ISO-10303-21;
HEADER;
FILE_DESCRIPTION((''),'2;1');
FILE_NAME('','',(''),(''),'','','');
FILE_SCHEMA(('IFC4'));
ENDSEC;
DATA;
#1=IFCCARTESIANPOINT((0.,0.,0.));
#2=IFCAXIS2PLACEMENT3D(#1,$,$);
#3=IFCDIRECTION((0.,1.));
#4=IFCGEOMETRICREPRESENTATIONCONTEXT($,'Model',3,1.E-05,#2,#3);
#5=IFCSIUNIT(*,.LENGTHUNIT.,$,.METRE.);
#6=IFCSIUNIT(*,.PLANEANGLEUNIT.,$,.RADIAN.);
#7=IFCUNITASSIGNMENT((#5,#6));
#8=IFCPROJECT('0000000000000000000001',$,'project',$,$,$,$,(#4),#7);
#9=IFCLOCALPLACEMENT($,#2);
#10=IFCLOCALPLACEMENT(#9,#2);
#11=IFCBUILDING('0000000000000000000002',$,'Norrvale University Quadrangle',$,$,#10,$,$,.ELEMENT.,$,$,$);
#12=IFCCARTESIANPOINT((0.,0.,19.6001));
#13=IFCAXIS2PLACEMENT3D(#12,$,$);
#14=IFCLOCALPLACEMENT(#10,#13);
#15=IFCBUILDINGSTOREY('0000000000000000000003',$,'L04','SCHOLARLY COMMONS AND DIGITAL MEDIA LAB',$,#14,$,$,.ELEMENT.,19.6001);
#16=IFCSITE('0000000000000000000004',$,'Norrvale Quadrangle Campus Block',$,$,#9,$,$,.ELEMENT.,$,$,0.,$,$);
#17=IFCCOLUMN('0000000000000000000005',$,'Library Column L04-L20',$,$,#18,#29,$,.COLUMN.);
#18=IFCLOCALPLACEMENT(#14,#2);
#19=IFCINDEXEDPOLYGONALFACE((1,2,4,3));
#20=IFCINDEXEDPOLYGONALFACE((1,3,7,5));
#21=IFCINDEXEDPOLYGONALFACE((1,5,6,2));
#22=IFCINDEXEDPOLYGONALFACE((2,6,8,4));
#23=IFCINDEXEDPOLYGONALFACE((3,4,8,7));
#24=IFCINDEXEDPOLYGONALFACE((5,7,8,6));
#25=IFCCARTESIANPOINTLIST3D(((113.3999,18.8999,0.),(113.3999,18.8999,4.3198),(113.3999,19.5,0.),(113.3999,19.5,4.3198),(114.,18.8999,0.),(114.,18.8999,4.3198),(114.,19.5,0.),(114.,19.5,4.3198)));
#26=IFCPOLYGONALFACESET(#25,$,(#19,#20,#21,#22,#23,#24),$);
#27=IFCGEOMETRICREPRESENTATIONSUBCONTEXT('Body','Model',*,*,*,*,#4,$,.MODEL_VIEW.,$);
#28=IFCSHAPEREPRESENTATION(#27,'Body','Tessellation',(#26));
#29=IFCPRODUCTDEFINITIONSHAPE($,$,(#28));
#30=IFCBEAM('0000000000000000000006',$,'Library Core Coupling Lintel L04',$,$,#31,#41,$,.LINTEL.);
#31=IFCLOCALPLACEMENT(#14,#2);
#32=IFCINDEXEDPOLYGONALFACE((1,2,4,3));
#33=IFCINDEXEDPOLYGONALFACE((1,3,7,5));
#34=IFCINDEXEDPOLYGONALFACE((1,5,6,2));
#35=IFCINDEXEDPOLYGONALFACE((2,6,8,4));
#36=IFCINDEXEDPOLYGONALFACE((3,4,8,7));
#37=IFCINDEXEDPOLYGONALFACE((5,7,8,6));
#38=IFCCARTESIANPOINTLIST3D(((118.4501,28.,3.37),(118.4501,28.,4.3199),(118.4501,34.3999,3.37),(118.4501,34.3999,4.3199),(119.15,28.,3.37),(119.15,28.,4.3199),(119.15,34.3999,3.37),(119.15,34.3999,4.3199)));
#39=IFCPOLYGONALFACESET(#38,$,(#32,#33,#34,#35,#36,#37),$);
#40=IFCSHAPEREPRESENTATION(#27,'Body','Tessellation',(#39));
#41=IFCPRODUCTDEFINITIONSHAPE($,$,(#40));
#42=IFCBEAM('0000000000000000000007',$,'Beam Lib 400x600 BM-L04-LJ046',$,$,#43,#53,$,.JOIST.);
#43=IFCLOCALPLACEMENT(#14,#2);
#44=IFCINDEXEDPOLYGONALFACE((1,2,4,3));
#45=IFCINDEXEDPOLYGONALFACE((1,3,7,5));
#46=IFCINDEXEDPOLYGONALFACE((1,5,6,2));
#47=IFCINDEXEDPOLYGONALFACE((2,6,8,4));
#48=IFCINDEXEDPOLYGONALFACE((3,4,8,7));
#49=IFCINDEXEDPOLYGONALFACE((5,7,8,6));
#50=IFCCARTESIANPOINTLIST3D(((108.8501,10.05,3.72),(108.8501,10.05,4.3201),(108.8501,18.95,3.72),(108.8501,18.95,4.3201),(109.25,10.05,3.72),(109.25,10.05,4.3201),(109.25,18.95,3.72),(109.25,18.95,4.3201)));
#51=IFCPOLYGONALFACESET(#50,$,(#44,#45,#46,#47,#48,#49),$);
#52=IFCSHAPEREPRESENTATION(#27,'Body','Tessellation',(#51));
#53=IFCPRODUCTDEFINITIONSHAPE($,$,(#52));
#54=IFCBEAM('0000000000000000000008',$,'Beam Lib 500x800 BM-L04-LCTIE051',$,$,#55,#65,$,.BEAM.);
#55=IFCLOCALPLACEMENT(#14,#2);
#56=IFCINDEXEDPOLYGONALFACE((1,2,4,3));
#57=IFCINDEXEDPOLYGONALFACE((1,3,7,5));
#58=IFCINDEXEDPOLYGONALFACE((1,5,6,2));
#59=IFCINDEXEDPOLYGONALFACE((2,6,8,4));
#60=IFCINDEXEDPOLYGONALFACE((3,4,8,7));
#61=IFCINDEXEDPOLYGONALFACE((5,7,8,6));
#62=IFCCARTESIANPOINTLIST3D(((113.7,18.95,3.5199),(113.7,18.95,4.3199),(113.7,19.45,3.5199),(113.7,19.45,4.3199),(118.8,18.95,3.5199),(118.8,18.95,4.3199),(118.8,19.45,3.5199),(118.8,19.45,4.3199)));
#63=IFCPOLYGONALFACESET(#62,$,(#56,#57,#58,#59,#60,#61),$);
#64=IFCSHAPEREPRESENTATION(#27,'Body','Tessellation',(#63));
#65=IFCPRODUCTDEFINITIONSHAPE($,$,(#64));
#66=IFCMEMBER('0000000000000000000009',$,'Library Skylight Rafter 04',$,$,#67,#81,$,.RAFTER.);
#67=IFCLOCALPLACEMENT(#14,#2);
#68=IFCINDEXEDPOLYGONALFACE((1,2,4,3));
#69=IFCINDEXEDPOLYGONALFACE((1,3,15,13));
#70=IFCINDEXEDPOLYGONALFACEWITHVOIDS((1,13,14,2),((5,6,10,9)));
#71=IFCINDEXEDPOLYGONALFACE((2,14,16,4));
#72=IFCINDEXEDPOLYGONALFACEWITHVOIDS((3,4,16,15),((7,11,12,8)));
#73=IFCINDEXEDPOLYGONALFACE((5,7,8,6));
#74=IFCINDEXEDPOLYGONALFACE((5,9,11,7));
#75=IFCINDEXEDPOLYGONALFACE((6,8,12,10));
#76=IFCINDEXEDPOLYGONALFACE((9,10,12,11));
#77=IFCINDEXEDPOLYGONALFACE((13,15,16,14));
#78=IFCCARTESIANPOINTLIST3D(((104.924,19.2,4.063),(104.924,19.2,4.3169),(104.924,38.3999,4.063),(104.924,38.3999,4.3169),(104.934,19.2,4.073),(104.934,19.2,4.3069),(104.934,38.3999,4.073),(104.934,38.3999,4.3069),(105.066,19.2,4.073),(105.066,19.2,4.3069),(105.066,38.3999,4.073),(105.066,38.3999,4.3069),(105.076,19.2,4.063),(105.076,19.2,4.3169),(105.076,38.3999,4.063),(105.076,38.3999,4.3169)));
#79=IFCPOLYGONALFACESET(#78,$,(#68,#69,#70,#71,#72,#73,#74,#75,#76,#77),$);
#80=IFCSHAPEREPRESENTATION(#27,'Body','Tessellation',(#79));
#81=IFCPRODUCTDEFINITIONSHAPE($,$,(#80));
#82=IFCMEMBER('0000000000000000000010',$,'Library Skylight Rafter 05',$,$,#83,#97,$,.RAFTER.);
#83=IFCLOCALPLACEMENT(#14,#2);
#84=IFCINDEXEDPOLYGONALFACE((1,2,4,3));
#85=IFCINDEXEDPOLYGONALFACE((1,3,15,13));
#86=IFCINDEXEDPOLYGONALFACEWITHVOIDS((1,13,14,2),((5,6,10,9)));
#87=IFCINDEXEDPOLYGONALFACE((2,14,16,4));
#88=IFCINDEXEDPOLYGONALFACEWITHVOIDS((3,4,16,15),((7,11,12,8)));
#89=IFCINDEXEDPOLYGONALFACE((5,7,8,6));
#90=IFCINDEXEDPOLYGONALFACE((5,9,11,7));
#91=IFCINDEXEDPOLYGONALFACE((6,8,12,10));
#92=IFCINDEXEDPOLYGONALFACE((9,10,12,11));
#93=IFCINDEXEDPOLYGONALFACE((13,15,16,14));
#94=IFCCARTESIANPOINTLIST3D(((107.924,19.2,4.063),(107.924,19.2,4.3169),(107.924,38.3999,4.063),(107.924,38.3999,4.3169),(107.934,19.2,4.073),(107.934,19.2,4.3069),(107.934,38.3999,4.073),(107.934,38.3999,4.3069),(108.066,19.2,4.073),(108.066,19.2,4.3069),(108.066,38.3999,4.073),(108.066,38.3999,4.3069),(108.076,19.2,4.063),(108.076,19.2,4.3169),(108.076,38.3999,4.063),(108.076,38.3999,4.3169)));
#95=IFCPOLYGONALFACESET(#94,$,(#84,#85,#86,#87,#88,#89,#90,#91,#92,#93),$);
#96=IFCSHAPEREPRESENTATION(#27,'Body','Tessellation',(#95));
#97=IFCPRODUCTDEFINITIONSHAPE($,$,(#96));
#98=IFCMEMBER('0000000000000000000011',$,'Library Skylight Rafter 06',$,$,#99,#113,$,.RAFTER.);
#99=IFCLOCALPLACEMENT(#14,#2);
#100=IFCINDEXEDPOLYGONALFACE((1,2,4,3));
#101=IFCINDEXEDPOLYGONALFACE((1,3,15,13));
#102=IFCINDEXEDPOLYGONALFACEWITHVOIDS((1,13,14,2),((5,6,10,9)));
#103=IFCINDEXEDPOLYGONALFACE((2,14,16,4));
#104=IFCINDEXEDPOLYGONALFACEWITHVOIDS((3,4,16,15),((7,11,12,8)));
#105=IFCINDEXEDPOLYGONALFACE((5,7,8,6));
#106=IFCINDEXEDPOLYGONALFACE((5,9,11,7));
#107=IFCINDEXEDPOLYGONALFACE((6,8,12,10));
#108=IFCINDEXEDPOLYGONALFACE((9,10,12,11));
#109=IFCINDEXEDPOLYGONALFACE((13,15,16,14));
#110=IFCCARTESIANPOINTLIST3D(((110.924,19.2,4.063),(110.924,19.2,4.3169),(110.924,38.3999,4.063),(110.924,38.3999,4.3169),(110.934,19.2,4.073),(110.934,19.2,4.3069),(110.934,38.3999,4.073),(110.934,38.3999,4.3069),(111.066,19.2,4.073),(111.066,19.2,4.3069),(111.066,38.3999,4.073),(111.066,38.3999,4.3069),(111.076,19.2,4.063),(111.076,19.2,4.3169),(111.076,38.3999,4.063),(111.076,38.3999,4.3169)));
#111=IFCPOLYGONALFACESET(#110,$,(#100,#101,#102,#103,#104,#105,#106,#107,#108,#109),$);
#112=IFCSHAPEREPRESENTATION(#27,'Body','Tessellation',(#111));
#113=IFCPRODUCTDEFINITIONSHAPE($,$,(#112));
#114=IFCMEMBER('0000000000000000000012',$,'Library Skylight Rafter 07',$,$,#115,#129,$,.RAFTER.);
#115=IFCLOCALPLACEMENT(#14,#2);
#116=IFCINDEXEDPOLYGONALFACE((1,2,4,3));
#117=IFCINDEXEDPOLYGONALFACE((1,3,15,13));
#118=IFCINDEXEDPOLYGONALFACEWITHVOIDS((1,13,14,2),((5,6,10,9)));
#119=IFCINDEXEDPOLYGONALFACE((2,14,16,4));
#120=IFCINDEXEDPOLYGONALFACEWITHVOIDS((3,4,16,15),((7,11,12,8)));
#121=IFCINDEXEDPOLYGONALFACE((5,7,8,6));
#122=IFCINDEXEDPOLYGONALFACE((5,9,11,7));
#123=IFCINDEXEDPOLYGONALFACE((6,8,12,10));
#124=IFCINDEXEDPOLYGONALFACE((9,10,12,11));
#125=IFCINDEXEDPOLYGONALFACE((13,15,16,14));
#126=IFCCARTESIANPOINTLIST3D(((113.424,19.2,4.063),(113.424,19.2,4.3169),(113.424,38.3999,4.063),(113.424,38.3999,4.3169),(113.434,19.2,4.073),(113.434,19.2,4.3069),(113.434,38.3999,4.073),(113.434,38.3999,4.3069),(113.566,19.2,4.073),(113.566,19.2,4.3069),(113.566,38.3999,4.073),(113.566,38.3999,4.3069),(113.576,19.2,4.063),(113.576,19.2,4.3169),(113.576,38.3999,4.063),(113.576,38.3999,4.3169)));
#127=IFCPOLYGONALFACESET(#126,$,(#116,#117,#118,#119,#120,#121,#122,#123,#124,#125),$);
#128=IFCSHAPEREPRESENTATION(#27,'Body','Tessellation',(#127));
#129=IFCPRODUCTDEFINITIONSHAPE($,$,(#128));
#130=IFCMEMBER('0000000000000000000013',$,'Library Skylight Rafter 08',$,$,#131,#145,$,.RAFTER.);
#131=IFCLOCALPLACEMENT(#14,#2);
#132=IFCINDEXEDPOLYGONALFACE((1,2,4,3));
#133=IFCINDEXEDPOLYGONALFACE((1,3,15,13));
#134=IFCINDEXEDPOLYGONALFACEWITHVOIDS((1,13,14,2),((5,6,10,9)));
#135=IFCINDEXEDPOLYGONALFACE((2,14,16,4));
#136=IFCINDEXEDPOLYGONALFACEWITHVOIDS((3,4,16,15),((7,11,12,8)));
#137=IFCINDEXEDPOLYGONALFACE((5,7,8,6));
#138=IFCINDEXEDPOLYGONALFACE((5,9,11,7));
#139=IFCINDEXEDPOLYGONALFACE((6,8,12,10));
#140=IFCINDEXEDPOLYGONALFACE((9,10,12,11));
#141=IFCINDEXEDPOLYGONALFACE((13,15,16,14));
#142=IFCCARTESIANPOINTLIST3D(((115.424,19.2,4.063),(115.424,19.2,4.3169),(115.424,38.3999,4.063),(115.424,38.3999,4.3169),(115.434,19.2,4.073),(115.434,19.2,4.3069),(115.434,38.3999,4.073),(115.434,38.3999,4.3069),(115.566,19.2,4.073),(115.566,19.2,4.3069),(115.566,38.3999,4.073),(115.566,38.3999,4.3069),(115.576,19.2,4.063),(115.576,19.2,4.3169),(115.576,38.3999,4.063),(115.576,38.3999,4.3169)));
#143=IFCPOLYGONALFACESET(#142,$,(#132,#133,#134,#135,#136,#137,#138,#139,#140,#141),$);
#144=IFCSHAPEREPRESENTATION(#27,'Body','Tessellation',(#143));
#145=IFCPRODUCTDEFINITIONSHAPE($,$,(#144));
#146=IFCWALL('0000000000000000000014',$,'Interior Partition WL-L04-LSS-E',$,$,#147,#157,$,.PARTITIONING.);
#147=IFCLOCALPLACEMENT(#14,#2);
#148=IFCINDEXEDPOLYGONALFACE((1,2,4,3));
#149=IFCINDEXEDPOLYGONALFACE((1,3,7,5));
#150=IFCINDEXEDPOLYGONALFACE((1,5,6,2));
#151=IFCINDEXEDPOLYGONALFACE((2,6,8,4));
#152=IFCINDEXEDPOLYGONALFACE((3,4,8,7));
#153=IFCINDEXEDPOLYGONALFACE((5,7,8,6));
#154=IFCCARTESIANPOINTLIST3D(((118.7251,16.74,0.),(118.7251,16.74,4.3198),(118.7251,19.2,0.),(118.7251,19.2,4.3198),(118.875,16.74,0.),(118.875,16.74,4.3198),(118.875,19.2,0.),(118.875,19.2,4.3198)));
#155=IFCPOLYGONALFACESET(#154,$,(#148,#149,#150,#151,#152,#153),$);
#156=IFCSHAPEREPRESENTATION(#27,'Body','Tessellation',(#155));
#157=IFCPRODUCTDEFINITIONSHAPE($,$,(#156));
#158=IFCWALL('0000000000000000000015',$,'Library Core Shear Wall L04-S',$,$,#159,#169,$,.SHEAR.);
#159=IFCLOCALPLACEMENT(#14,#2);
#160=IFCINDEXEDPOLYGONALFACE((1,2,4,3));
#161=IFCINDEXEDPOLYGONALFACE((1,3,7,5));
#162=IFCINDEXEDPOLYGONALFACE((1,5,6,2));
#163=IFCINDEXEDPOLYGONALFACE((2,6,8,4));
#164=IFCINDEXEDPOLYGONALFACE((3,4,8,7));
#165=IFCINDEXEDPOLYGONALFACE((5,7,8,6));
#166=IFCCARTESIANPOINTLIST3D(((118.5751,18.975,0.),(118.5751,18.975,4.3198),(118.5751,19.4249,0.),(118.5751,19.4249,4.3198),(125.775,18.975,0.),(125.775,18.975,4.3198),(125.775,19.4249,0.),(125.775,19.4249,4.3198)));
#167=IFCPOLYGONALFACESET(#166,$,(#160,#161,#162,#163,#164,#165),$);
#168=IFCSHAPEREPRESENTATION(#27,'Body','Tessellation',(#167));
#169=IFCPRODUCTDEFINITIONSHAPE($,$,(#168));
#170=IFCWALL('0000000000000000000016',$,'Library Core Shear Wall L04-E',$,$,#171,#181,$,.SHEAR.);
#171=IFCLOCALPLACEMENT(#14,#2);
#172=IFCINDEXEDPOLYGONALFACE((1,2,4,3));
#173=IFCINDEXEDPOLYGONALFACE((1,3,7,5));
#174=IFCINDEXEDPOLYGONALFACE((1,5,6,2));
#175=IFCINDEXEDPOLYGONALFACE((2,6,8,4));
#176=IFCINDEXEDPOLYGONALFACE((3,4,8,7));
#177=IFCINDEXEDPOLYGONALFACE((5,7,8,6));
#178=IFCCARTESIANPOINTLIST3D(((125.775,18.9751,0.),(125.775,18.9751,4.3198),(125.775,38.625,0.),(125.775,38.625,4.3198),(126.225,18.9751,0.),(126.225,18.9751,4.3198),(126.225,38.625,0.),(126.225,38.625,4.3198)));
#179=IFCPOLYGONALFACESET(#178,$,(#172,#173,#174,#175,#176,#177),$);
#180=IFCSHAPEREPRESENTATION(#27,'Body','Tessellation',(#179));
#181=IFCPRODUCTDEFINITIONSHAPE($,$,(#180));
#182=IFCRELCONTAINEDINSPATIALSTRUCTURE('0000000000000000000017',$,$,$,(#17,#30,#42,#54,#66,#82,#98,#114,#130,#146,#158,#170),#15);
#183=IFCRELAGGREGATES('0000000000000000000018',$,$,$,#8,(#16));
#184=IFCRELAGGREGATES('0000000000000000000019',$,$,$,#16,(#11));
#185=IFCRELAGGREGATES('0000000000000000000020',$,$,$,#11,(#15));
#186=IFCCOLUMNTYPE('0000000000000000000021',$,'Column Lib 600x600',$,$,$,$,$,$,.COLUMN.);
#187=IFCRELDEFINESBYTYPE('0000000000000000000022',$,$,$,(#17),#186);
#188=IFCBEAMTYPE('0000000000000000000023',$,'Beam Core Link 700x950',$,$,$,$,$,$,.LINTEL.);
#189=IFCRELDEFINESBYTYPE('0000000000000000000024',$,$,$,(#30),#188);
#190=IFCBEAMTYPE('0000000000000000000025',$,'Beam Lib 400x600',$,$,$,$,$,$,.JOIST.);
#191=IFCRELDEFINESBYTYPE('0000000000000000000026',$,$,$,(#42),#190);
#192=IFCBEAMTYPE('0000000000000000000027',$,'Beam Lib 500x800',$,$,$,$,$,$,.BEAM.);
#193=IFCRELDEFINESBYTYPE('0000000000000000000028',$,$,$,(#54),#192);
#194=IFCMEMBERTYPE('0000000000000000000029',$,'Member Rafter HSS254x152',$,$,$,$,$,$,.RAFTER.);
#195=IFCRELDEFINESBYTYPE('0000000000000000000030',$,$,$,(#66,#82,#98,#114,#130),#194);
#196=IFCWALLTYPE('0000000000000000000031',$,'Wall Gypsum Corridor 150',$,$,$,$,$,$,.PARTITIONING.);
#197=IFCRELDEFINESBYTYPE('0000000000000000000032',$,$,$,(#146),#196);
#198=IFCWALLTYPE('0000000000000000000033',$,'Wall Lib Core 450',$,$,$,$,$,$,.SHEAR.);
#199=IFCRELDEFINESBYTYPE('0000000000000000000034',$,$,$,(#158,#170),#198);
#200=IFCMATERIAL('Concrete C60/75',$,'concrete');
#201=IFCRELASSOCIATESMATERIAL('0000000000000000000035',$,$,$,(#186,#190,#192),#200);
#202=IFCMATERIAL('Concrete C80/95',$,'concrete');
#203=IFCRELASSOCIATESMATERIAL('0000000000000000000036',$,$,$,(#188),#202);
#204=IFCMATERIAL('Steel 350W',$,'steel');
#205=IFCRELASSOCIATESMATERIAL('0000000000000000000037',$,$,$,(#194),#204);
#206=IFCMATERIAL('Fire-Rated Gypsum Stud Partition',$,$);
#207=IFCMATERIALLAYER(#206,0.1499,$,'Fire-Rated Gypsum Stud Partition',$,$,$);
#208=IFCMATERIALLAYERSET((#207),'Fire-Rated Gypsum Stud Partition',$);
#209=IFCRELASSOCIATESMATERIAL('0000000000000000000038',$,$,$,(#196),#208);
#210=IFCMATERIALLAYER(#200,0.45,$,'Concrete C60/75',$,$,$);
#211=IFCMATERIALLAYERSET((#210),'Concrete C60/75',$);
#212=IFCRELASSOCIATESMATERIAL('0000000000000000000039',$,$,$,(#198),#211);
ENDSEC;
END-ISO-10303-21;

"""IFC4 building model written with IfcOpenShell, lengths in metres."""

from ifc_helpers import new_model, si_unit, direction, frame, frame_2d, origin, origin_2d, place, context, subcontext, project, spatial, rectangle, hollow_rectangle, extrude, material, layer, layer_set, material_profile, profile_set, type_object, element, save


model = new_model("IFC4")

# Units and contexts
model_context = context("Model", 3, precision=1e-05, world=origin(), true_north=direction((0.0, 1.0)))
body_context = subcontext(model_context, "Body", "Model", "MODEL_VIEW")
ifc_project = project(units=[si_unit("LENGTHUNIT", "METRE"), si_unit("PLANEANGLEUNIT", "RADIAN")], contexts=[model_context])

# Site, building, storey
site_placement = place(None, origin())
site = spatial("IfcSite", under=ifc_project, at=site_placement, Name="Norrvale Quadrangle Campus Block", CompositionType="ELEMENT", RefElevation=0.0)
building_placement = place(site_placement, origin())
building = spatial("IfcBuilding", under=site, at=building_placement, Name="Norrvale University Quadrangle", CompositionType="ELEMENT")
storey_placement = place(building_placement, frame((0.0, 0.0, 19.6001)))
storey = spatial("IfcBuildingStorey", under=building, at=storey_placement, Name="L04", Description="SCHOLARLY COMMONS AND DIGITAL MEDIA LAB", CompositionType="ELEMENT", Elevation=19.6001)

# Column
ifc_material_1 = material(Name="Concrete C60/75", Category="concrete")
ifc_material_profile_1 = material_profile(ifc_material_1, rectangle(XDim=0.6001, YDim=0.6001, at=origin_2d()), Name="Concrete C60/75")
ifc_profile_set_1 = profile_set([ifc_material_profile_1], Name="Concrete C60/75")
column_type = type_object("IfcColumnType", Name="Column Lib 600x600", PredefinedType="COLUMN", material=ifc_profile_set_1)
column_placement = place(storey_placement, frame((113.7, 19.2, 0.0), z_axis=(0.0, 0.0, 1.0), x_axis=(1.0, 0.0, 0.0)))
element("IfcColumn", 1, at=column_placement, inside=storey, type_object=column_type, Name="Library Column L04-L20", PredefinedType="COLUMN", context=body_context, shape_type="SweptSolid", body=[
    extrude(rectangle(XDim=0.6001, YDim=0.6001, at=origin_2d()), origin(), (0.0, 0.0, 1.0), 4.3198),
])

# Beams
ifc_material_2 = material(Name="Concrete C80/95", Category="concrete")
ifc_material_profile_2 = material_profile(ifc_material_2, rectangle(XDim=0.7, YDim=0.95, at=origin_2d()), Name="Concrete C80/95")
ifc_profile_set_2 = profile_set([ifc_material_profile_2], Name="Concrete C80/95")
beam_type_1 = type_object("IfcBeamType", Name="Beam Core Link 700x950", PredefinedType="LINTEL", material=ifc_profile_set_2)
beam_1_placement = place(storey_placement, frame((118.8, 28.0, 3.845), z_axis=(0.0, 1.0, 0.0), x_axis=(-1.0, 0.0, 0.0)))
element("IfcBeam", 2, at=beam_1_placement, inside=storey, type_object=beam_type_1, Name="Library Core Coupling Lintel L04", PredefinedType="LINTEL", context=body_context, shape_type="SweptSolid", body=[
    extrude(rectangle(XDim=0.7, YDim=0.95, at=origin_2d()), origin(), (0.0, 0.0, 1.0), 6.3999),
])
ifc_material_profile_3 = material_profile(ifc_material_1, rectangle(XDim=0.3999, YDim=0.6001, at=origin_2d()), Name="Concrete C60/75")
ifc_profile_set_3 = profile_set([ifc_material_profile_3], Name="Concrete C60/75")
beam_type_2 = type_object("IfcBeamType", Name="Beam Lib 400x600", PredefinedType="JOIST", material=ifc_profile_set_3)
beam_2_placement = place(storey_placement, frame((109.05, 10.05, 4.02), z_axis=(0.0, 1.0, 0.0), x_axis=(-1.0, 0.0, 0.0)))
element("IfcBeam", 3, at=beam_2_placement, inside=storey, type_object=beam_type_2, Name="Beam Lib 400x600 BM-L04-LJ046", PredefinedType="JOIST", context=body_context, shape_type="SweptSolid", body=[
    extrude(rectangle(XDim=0.3999, YDim=0.6001, at=origin_2d()), origin(), (0.0, 0.0, 1.0), 8.8999),
])
ifc_material_profile_4 = material_profile(ifc_material_1, rectangle(XDim=0.5, YDim=0.8, at=origin_2d()), Name="Concrete C60/75")
ifc_profile_set_4 = profile_set([ifc_material_profile_4], Name="Concrete C60/75")
beam_type_3 = type_object("IfcBeamType", Name="Beam Lib 500x800", PredefinedType="BEAM", material=ifc_profile_set_4)
beam_3_placement = place(storey_placement, frame((113.7, 19.2, 3.9199), z_axis=(1.0, 0.0, 0.0), x_axis=(0.0, 1.0, 0.0)))
element("IfcBeam", 4, at=beam_3_placement, inside=storey, type_object=beam_type_3, Name="Beam Lib 500x800 BM-L04-LCTIE051", PredefinedType="BEAM", context=body_context, shape_type="SweptSolid", body=[
    extrude(rectangle(XDim=0.5, YDim=0.8, at=origin_2d()), origin(), (0.0, 0.0, 1.0), 5.1001),
])

# Members
ifc_material_3 = material(Name="Steel 350W", Category="steel")
ifc_material_profile_5 = material_profile(ifc_material_3, hollow_rectangle(XDim=0.1521, YDim=0.2539, WallThickness=0.01, at=origin_2d()), Name="Steel 350W")
ifc_profile_set_5 = profile_set([ifc_material_profile_5], Name="Steel 350W")
member_type = type_object("IfcMemberType", Name="Member Rafter HSS254x152", PredefinedType="RAFTER", material=ifc_profile_set_5)
for number, where, z_axis, x_axis, name in (
    (5, (105.0, 19.2, 4.1899), (0.0, 1.0, 0.0), (-1.0, 0.0, 0.0), "Library Skylight Rafter 04"),
    (6, (108.0, 19.2, 4.1899), (0.0, 1.0, 0.0), (-1.0, 0.0, 0.0), "Library Skylight Rafter 05"),
    (7, (111.0, 19.2, 4.1899), (0.0, 1.0, 0.0), (-1.0, 0.0, 0.0), "Library Skylight Rafter 06"),
    (8, (113.5, 19.2, 4.1899), (0.0, 1.0, 0.0), (-1.0, 0.0, 0.0), "Library Skylight Rafter 07"),
    (9, (115.5, 19.2, 4.1899), (0.0, 1.0, 0.0), (-1.0, 0.0, 0.0), "Library Skylight Rafter 08"),
):
    element("IfcMember", number, at=place(storey_placement, frame(where, z_axis=z_axis, x_axis=x_axis)), inside=storey, type_object=member_type, Name=name, PredefinedType="RAFTER", context=body_context, shape_type="SweptSolid", body=[
        extrude(hollow_rectangle(XDim=0.1521, YDim=0.2539, WallThickness=0.01, at=origin_2d()), origin(), (0.0, 0.0, 1.0), 19.2),
    ])

# Walls
ifc_material_4 = material(Name="Fire-Rated Gypsum Stud Partition")
ifc_layer_1 = layer(ifc_material_4, 0.1499, Name="Fire-Rated Gypsum Stud Partition")
ifc_layer_set_1 = layer_set([ifc_layer_1], Name="Fire-Rated Gypsum Stud Partition")
wall_type_1 = type_object("IfcWallType", Name="Wall Gypsum Corridor 150", PredefinedType="PARTITIONING", material=ifc_layer_set_1)
wall_1_placement = place(storey_placement, frame((118.8, 16.74, 0.0), z_axis=(0.0, 0.0, 1.0), x_axis=(0.0, 1.0, 0.0)))
element("IfcWall", 10, at=wall_1_placement, inside=storey, type_object=wall_type_1, Name="Interior Partition WL-L04-LSS-E", PredefinedType="PARTITIONING", context=body_context, shape_type="SweptSolid", body=[
    extrude(rectangle(XDim=2.46, YDim=0.1499, at=frame_2d((1.23, 0.0))), origin(), (0.0, 0.0, 1.0), 4.3198),
])
ifc_layer_2 = layer(ifc_material_1, 0.45, Name="Concrete C60/75")
ifc_layer_set_2 = layer_set([ifc_layer_2], Name="Concrete C60/75")
wall_type_2 = type_object("IfcWallType", Name="Wall Lib Core 450", PredefinedType="SHEAR", material=ifc_layer_set_2)
wall_2_placement = place(storey_placement, frame((118.575, 19.2, 0.0), z_axis=(0.0, 0.0, 1.0), x_axis=(1.0, 0.0, 0.0)))
element("IfcWall", 11, at=wall_2_placement, inside=storey, type_object=wall_type_2, Name="Library Core Shear Wall L04-S", PredefinedType="SHEAR", context=body_context, shape_type="SweptSolid", body=[
    extrude(rectangle(XDim=7.2, YDim=0.45, at=frame_2d((3.6001, 0.0))), origin(), (0.0, 0.0, 1.0), 4.3198),
])
wall_3_placement = place(storey_placement, frame((126.0, 18.9751, 0.0), z_axis=(0.0, 0.0, 1.0), x_axis=(0.0, 1.0, 0.0)))
element("IfcWall", 12, at=wall_3_placement, inside=storey, type_object=wall_type_2, Name="Library Core Shear Wall L04-E", PredefinedType="SHEAR", context=body_context, shape_type="SweptSolid", body=[
    extrude(rectangle(XDim=19.6499, YDim=0.45, at=frame_2d((9.825, 0.0))), origin(), (0.0, 0.0, 1.0), 4.3198),
])

save(model, "model.ifc")
